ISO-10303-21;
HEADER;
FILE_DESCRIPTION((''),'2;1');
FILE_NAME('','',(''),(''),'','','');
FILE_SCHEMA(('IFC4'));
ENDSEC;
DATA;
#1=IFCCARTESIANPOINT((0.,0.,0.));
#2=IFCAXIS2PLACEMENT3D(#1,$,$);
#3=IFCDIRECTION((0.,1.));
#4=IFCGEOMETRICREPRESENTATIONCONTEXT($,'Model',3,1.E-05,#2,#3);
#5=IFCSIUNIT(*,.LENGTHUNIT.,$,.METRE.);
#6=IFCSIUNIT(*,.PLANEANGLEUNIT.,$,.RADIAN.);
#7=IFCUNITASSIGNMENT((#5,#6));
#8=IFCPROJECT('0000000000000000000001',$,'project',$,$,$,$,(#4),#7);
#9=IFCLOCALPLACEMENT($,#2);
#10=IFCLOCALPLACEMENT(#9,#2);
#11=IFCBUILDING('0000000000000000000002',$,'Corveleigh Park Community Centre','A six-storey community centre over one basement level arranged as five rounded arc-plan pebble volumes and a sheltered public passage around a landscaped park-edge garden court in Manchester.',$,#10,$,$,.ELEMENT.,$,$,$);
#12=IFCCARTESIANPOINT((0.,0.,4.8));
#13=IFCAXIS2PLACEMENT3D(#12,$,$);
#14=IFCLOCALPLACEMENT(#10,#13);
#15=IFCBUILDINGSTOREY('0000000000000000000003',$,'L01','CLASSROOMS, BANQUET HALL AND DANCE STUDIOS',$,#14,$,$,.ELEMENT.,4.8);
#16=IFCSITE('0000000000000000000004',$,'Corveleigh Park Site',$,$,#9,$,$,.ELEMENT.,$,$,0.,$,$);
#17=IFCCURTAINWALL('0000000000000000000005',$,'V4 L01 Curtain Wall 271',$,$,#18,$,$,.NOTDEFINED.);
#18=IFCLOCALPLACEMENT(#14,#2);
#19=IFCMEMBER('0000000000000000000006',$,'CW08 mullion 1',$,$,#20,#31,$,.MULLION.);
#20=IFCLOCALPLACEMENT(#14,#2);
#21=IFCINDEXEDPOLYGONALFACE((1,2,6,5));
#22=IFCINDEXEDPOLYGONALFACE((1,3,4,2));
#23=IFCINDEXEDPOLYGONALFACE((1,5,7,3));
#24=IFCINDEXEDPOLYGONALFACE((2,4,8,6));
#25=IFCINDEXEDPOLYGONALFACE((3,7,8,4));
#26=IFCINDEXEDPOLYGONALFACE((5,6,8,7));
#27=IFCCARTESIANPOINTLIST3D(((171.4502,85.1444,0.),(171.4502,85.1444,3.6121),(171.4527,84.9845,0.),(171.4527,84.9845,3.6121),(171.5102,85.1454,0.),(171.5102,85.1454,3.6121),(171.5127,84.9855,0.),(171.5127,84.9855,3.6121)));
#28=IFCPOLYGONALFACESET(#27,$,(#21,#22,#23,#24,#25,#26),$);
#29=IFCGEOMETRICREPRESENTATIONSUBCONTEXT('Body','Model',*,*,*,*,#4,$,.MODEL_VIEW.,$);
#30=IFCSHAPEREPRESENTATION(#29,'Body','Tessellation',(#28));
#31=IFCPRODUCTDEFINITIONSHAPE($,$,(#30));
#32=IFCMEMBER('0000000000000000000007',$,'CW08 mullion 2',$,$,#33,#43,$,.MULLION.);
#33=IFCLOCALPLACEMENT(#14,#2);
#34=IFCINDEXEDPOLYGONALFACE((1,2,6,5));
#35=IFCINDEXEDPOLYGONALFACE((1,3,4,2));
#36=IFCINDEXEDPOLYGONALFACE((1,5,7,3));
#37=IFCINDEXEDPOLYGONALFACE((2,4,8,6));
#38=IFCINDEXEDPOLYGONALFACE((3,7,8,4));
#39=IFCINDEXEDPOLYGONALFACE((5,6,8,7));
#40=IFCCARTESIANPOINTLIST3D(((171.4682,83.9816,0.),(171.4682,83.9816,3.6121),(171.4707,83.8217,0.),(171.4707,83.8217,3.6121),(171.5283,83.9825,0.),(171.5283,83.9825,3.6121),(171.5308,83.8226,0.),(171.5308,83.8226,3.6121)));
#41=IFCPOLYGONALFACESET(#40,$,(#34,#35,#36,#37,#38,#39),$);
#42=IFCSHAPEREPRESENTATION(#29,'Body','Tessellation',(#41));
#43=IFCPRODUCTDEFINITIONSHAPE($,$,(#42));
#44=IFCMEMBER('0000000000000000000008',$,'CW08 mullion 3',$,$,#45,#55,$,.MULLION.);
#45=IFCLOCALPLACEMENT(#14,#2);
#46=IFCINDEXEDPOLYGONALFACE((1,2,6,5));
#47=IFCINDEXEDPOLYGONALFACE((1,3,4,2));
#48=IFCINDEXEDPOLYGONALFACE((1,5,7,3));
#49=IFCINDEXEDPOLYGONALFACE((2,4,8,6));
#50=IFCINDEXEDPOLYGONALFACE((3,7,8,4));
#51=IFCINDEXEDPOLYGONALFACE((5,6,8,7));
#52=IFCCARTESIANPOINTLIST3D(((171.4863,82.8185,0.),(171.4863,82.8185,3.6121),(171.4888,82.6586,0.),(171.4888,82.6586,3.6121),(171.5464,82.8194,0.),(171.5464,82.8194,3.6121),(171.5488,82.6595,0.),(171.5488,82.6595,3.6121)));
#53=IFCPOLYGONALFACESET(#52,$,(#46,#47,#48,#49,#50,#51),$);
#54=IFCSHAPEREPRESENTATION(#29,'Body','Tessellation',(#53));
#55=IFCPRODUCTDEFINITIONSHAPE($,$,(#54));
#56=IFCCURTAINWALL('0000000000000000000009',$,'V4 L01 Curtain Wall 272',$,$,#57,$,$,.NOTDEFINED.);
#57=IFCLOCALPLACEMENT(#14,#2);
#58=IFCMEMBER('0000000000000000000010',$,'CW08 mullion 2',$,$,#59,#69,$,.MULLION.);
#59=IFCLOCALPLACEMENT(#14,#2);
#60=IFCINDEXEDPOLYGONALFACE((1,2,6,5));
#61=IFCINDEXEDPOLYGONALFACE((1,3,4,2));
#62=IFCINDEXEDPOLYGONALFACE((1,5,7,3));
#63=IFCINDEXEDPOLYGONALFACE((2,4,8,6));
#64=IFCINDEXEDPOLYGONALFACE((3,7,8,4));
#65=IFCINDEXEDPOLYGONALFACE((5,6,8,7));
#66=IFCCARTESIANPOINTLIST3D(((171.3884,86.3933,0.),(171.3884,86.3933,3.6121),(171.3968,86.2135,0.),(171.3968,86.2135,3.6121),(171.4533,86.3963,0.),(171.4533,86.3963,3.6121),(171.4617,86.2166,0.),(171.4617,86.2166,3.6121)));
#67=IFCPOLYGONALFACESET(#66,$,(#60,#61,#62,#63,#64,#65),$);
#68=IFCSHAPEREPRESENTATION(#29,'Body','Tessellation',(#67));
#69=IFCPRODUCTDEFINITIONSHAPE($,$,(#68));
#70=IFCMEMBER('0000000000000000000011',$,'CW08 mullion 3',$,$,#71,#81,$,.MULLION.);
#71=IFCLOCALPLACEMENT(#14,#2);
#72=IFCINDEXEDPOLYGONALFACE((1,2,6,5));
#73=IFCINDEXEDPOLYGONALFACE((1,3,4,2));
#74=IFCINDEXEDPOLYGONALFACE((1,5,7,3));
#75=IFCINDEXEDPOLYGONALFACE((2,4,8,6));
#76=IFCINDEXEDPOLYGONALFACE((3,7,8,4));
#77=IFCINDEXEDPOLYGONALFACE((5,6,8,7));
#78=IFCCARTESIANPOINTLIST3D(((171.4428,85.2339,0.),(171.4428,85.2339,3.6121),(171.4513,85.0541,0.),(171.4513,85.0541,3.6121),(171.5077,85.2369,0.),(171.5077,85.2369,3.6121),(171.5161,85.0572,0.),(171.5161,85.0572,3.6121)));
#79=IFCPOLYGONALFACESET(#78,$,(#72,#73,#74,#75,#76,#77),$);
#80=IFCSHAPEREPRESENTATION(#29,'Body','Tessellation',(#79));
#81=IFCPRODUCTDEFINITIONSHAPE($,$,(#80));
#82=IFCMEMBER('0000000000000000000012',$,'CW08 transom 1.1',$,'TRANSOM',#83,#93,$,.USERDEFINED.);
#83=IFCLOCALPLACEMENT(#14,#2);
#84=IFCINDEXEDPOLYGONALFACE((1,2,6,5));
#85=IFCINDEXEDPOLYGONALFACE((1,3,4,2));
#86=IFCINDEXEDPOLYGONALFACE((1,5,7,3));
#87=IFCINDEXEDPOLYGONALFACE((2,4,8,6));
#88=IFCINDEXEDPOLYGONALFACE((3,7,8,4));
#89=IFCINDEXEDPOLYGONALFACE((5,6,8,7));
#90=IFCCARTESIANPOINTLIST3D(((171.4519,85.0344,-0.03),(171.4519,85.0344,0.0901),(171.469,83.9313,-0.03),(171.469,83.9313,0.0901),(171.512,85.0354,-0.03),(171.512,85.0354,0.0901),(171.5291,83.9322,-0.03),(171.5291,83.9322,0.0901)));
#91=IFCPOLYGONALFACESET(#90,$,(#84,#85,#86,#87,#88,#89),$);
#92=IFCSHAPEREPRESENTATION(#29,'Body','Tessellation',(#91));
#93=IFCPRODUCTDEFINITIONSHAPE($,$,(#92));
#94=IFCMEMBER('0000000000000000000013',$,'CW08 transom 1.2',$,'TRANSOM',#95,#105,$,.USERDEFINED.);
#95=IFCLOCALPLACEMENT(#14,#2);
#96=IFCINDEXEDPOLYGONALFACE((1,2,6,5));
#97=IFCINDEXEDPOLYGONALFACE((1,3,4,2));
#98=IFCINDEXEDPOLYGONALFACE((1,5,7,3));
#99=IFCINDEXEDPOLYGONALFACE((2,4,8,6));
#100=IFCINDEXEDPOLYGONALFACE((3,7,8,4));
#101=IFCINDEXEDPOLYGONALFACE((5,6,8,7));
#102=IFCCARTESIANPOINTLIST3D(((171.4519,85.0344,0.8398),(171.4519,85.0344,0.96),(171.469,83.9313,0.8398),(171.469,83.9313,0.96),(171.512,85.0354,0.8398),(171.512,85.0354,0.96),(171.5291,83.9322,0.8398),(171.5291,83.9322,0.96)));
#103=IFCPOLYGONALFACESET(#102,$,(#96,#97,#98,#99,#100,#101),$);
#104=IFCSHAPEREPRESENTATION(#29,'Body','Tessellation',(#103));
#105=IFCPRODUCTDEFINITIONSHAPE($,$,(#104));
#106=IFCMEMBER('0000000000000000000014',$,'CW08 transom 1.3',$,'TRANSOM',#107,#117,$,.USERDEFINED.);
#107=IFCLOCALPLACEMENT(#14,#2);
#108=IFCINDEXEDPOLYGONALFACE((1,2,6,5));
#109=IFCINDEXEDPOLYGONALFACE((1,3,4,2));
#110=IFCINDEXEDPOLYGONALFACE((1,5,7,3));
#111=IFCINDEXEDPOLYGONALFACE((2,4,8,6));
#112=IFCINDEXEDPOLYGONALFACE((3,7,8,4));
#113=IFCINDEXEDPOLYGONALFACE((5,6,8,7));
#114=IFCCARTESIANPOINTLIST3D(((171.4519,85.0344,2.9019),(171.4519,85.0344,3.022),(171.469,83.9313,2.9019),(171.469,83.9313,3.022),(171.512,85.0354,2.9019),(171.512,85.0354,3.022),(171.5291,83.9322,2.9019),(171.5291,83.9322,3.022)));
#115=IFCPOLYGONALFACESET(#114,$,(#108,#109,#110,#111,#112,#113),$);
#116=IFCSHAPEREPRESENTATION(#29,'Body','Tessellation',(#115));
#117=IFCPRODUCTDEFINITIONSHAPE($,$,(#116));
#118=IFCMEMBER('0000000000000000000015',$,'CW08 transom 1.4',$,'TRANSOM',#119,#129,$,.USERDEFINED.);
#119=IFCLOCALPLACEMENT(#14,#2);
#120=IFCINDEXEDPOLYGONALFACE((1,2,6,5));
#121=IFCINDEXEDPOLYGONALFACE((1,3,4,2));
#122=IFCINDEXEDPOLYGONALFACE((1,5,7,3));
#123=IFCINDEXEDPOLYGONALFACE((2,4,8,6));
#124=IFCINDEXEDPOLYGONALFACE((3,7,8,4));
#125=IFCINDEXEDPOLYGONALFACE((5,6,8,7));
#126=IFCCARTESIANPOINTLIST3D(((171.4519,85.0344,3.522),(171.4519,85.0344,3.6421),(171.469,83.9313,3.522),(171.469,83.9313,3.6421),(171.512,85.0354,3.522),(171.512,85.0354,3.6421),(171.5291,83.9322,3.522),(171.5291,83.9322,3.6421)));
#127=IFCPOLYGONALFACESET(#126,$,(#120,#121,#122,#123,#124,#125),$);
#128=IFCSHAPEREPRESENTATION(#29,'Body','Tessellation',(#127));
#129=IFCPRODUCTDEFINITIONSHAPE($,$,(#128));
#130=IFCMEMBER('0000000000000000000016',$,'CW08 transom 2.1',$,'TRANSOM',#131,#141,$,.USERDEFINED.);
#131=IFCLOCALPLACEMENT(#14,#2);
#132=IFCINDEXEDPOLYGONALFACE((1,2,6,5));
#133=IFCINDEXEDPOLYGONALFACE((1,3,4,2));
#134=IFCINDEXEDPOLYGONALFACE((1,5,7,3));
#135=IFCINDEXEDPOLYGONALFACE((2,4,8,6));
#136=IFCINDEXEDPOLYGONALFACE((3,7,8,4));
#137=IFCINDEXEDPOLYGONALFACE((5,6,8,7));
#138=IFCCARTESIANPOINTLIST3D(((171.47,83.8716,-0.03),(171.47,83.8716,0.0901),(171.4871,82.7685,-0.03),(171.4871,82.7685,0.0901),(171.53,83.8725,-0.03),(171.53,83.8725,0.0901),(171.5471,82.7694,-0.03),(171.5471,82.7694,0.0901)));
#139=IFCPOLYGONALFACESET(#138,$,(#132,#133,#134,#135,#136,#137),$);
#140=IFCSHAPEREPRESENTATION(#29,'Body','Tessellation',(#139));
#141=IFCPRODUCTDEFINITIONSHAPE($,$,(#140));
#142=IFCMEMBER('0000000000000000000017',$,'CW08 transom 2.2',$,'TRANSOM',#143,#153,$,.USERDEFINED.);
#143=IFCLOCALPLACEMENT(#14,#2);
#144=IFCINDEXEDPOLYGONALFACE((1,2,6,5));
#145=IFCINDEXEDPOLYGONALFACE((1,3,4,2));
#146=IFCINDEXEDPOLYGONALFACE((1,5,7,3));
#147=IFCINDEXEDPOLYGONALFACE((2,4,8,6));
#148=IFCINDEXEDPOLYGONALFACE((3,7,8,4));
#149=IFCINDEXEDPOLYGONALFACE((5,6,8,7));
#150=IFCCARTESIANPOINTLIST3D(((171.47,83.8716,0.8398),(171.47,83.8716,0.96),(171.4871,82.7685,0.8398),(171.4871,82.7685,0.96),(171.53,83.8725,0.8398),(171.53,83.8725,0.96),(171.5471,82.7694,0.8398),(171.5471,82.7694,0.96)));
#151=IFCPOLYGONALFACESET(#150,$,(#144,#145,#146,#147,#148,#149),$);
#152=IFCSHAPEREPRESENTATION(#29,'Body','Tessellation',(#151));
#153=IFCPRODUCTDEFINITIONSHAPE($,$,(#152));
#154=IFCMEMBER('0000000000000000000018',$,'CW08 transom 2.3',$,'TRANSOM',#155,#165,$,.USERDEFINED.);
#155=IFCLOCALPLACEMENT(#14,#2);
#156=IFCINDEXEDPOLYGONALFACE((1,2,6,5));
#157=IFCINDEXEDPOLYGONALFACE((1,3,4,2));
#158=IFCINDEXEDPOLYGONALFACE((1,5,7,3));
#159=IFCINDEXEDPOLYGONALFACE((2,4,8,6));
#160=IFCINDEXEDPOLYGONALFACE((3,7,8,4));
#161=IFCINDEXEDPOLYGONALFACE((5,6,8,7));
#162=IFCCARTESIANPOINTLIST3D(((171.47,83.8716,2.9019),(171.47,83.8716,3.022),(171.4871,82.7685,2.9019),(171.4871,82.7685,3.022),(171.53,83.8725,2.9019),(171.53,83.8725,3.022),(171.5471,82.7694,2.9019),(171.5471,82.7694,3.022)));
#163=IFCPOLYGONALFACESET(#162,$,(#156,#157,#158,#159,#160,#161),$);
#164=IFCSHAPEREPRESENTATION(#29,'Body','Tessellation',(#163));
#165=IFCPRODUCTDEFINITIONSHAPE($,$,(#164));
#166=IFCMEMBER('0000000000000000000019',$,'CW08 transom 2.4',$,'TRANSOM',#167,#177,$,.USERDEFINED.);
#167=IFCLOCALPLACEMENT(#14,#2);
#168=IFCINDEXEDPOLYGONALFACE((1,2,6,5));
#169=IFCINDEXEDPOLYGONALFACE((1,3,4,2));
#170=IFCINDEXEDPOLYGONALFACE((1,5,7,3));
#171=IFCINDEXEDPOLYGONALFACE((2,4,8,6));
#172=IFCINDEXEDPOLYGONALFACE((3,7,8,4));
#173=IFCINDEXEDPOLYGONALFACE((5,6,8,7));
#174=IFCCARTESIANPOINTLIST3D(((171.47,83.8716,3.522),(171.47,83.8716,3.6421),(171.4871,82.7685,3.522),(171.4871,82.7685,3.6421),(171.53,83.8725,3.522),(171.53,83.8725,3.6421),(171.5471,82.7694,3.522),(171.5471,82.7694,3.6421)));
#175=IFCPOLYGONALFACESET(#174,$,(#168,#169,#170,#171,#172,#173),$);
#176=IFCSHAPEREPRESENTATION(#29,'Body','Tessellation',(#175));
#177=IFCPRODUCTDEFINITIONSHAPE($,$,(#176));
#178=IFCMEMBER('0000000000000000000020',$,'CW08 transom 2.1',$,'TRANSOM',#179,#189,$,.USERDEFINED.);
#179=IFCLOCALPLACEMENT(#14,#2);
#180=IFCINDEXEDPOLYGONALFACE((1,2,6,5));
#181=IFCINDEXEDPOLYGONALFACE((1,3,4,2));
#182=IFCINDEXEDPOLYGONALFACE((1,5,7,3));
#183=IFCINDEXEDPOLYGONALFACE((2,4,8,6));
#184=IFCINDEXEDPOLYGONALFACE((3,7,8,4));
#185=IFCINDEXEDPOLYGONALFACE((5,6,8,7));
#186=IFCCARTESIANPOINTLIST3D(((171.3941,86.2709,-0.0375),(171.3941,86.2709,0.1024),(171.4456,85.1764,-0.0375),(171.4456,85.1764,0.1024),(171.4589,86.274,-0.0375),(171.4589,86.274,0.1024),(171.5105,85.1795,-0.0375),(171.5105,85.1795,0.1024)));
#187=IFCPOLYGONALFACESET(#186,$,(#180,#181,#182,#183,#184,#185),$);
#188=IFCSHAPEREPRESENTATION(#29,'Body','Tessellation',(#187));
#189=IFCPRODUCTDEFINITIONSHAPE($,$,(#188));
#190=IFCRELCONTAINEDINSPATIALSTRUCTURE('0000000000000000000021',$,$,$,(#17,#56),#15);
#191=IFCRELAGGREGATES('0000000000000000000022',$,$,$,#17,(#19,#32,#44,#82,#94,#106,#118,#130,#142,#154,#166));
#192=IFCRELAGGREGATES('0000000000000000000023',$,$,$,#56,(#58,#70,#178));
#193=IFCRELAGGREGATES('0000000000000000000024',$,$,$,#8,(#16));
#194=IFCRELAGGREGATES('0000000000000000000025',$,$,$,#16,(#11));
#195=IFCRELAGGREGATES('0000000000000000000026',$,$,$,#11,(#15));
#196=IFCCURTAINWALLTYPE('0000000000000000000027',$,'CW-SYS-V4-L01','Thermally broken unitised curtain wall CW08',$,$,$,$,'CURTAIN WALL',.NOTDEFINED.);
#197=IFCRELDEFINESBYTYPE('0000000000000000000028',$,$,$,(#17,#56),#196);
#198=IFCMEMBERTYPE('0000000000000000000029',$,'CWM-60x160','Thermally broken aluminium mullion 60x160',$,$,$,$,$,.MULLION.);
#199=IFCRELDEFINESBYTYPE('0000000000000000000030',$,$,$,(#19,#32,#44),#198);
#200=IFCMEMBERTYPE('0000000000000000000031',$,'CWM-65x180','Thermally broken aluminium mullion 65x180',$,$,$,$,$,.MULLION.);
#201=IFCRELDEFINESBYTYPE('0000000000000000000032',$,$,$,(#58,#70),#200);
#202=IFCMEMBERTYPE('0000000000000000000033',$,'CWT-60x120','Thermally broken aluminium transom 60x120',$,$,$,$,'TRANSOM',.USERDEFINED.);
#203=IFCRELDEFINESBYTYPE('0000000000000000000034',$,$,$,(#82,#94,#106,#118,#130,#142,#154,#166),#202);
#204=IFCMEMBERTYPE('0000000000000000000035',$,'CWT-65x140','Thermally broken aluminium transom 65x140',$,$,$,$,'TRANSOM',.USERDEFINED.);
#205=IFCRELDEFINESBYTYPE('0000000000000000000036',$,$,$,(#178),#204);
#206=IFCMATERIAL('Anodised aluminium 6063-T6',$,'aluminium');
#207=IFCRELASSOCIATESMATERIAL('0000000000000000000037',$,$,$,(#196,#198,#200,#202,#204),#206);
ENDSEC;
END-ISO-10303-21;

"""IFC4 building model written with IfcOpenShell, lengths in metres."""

from ifc_helpers import new_model, si_unit, direction, frame, origin, origin_2d, place, context, subcontext, project, spatial, rectangle, extrude, material, material_profile, profile_set, type_object, element, aggregate, save


model = new_model("IFC4")

# Units and contexts
model_context = context("Model", 3, precision=1e-05, world=origin(), true_north=direction((0.0, 1.0)))
body_context = subcontext(model_context, "Body", "Model", "MODEL_VIEW")
ifc_project = project(units=[si_unit("LENGTHUNIT", "METRE"), si_unit("PLANEANGLEUNIT", "RADIAN")], contexts=[model_context])

# Site, building, storey
site_placement = place(None, origin())
site = spatial("IfcSite", under=ifc_project, at=site_placement, Name="Corveleigh Park Site", CompositionType="ELEMENT", RefElevation=0.0)
building_placement = place(site_placement, origin())
building = spatial("IfcBuilding", under=site, at=building_placement, Name="Corveleigh Park Community Centre", Description="A six-storey community centre over one basement level arranged as five rounded arc-plan pebble volumes and a sheltered public passage around a landscaped park-edge garden court in Manchester.", CompositionType="ELEMENT")
storey_placement = place(building_placement, frame((0.0, 0.0, 4.8)))
storey = spatial("IfcBuildingStorey", under=building, at=storey_placement, Name="L01", Description="CLASSROOMS, BANQUET HALL AND DANCE STUDIOS", CompositionType="ELEMENT", Elevation=4.8)

# Curtain walls, members
ifc_material_1 = material(Name="Anodised aluminium 6063-T6", Category="aluminium")
curtain_wall_type = type_object("IfcCurtainWallType", Name="CW-SYS-V4-L01", Description="Thermally broken unitised curtain wall CW08", ElementType="CURTAIN WALL", PredefinedType="NOTDEFINED", material=ifc_material_1)
curtain_wall_1_placement = place(storey_placement, origin())
curtain_wall_1 = element("IfcCurtainWall", 1, at=curtain_wall_1_placement, inside=storey, type_object=curtain_wall_type, Name="V4 L01 Curtain Wall 271", PredefinedType="NOTDEFINED")
ifc_material_profile_1 = material_profile(ifc_material_1, rectangle(XDim=0.0601, YDim=0.1599, at=origin_2d()), Name="ALU-M60x160", Category="aluminium")
ifc_profile_set_1 = profile_set([ifc_material_profile_1], Name="Anodised aluminium 6063-T6")
member_type_1 = type_object("IfcMemberType", Name="CWM-60x160", Description="Thermally broken aluminium mullion 60x160", PredefinedType="MULLION", material=ifc_profile_set_1)
member_1_placement = place(storey_placement, frame((171.4814, 85.0649, 0.0), z_axis=(0.0, 0.0, 1.0), x_axis=(0.99988, 0.015505, 0.0)))
member_1 = element("IfcMember", 2, at=member_1_placement, type_object=member_type_1, Name="CW08 mullion 1", PredefinedType="MULLION", context=body_context, shape_type="SweptSolid", body=[
    extrude(rectangle(XDim=0.0601, YDim=0.1599, at=origin_2d()), origin(), (0.0, 0.0, 1.0), 3.6121),
])
member_2_placement = place(storey_placement, frame((171.4995, 83.9021, 0.0), z_axis=(0.0, 0.0, 1.0), x_axis=(0.99988, 0.015505, 0.0)))
member_2 = element("IfcMember", 3, at=member_2_placement, type_object=member_type_1, Name="CW08 mullion 2", PredefinedType="MULLION", context=body_context, shape_type="SweptSolid", body=[
    extrude(rectangle(XDim=0.0601, YDim=0.1599, at=origin_2d()), origin(), (0.0, 0.0, 1.0), 3.6121),
])
member_3_placement = place(storey_placement, frame((171.5176, 82.739, 0.0), z_axis=(0.0, 0.0, 1.0), x_axis=(0.99988, 0.015505, 0.0)))
member_3 = element("IfcMember", 4, at=member_3_placement, type_object=member_type_1, Name="CW08 mullion 3", PredefinedType="MULLION", context=body_context, shape_type="SweptSolid", body=[
    extrude(rectangle(XDim=0.0601, YDim=0.1599, at=origin_2d()), origin(), (0.0, 0.0, 1.0), 3.6121),
])
curtain_wall_2_placement = place(storey_placement, origin())
curtain_wall_2 = element("IfcCurtainWall", 5, at=curtain_wall_2_placement, inside=storey, type_object=curtain_wall_type, Name="V4 L01 Curtain Wall 272", PredefinedType="NOTDEFINED")
ifc_material_profile_2 = material_profile(ifc_material_1, rectangle(XDim=0.0649, YDim=0.1799, at=origin_2d()), Name="ALU-M65x180", Category="aluminium")
ifc_profile_set_2 = profile_set([ifc_material_profile_2], Name="Anodised aluminium 6063-T6")
member_type_2 = type_object("IfcMemberType", Name="CWM-65x180", Description="Thermally broken aluminium mullion 65x180", PredefinedType="MULLION", material=ifc_profile_set_2)
member_4_placement = place(storey_placement, frame((171.425, 86.3049, 0.0), z_axis=(0.0, 0.0, 1.0), x_axis=(0.998898, 0.046928, 0.0)))
member_4 = element("IfcMember", 6, at=member_4_placement, type_object=member_type_2, Name="CW08 mullion 2", PredefinedType="MULLION", context=body_context, shape_type="SweptSolid", body=[
    extrude(rectangle(XDim=0.0649, YDim=0.1799, at=origin_2d()), origin(), (0.0, 0.0, 1.0), 3.6121),
])
member_5_placement = place(storey_placement, frame((171.4795, 85.1455, 0.0), z_axis=(0.0, 0.0, 1.0), x_axis=(0.998898, 0.046928, 0.0)))
member_5 = element("IfcMember", 7, at=member_5_placement, type_object=member_type_2, Name="CW08 mullion 3", PredefinedType="MULLION", context=body_context, shape_type="SweptSolid", body=[
    extrude(rectangle(XDim=0.0649, YDim=0.1799, at=origin_2d()), origin(), (0.0, 0.0, 1.0), 3.6121),
])

# Members
ifc_material_profile_3 = material_profile(ifc_material_1, rectangle(XDim=0.0601, YDim=0.1201, at=origin_2d()), Name="ALU-T60x120", Category="aluminium")
ifc_profile_set_3 = profile_set([ifc_material_profile_3], Name="Anodised aluminium 6063-T6")
member_type_3 = type_object("IfcMemberType", Name="CWT-60x120", Description="Thermally broken aluminium transom 60x120", ElementType="TRANSOM", PredefinedType="USERDEFINED", material=ifc_profile_set_3)
member_6_placement = place(storey_placement, frame((171.4819, 85.0349, 0.03), z_axis=(0.015492, -0.99988, 0.0), x_axis=(0.99988, 0.015492, 0.0)))
member_6 = element("IfcMember", 8, at=member_6_placement, type_object=member_type_3, Name="CW08 transom 1.1", ObjectType="TRANSOM", PredefinedType="USERDEFINED", context=body_context, shape_type="SweptSolid", body=[
    extrude(rectangle(XDim=0.0601, YDim=0.1201, at=origin_2d()), origin(), (0.0, 0.0, 1.0), 1.1033),
])
member_7_placement = place(storey_placement, frame((171.4819, 85.0349, 0.8999), z_axis=(0.015492, -0.99988, 0.0), x_axis=(0.99988, 0.015492, 0.0)))
member_7 = element("IfcMember", 9, at=member_7_placement, type_object=member_type_3, Name="CW08 transom 1.2", ObjectType="TRANSOM", PredefinedType="USERDEFINED", context=body_context, shape_type="SweptSolid", body=[
    extrude(rectangle(XDim=0.0601, YDim=0.1201, at=origin_2d()), origin(), (0.0, 0.0, 1.0), 1.1033),
])
member_8_placement = place(storey_placement, frame((171.4819, 85.0349, 2.9619), z_axis=(0.015492, -0.99988, 0.0), x_axis=(0.99988, 0.015492, 0.0)))
member_8 = element("IfcMember", 10, at=member_8_placement, type_object=member_type_3, Name="CW08 transom 1.3", ObjectType="TRANSOM", PredefinedType="USERDEFINED", context=body_context, shape_type="SweptSolid", body=[
    extrude(rectangle(XDim=0.0601, YDim=0.1201, at=origin_2d()), origin(), (0.0, 0.0, 1.0), 1.1033),
])
member_9_placement = place(storey_placement, frame((171.4819, 85.0349, 3.582), z_axis=(0.015492, -0.99988, 0.0), x_axis=(0.99988, 0.015492, 0.0)))
member_9 = element("IfcMember", 11, at=member_9_placement, type_object=member_type_3, Name="CW08 transom 1.4", ObjectType="TRANSOM", PredefinedType="USERDEFINED", context=body_context, shape_type="SweptSolid", body=[
    extrude(rectangle(XDim=0.0601, YDim=0.1201, at=origin_2d()), origin(), (0.0, 0.0, 1.0), 1.1033),
])
member_10_placement = place(storey_placement, frame((171.5, 83.8721, 0.03), z_axis=(0.015492, -0.99988, 0.0), x_axis=(0.99988, 0.015492, 0.0)))
member_10 = element("IfcMember", 12, at=member_10_placement, type_object=member_type_3, Name="CW08 transom 2.1", ObjectType="TRANSOM", PredefinedType="USERDEFINED", context=body_context, shape_type="SweptSolid", body=[
    extrude(rectangle(XDim=0.0601, YDim=0.1201, at=origin_2d()), origin(), (0.0, 0.0, 1.0), 1.1033),
])
member_11_placement = place(storey_placement, frame((171.5, 83.8721, 0.8999), z_axis=(0.015492, -0.99988, 0.0), x_axis=(0.99988, 0.015492, 0.0)))
member_11 = element("IfcMember", 13, at=member_11_placement, type_object=member_type_3, Name="CW08 transom 2.2", ObjectType="TRANSOM", PredefinedType="USERDEFINED", context=body_context, shape_type="SweptSolid", body=[
    extrude(rectangle(XDim=0.0601, YDim=0.1201, at=origin_2d()), origin(), (0.0, 0.0, 1.0), 1.1033),
])
member_12_placement = place(storey_placement, frame((171.5, 83.8721, 2.9619), z_axis=(0.015492, -0.99988, 0.0), x_axis=(0.99988, 0.015492, 0.0)))
member_12 = element("IfcMember", 14, at=member_12_placement, type_object=member_type_3, Name="CW08 transom 2.3", ObjectType="TRANSOM", PredefinedType="USERDEFINED", context=body_context, shape_type="SweptSolid", body=[
    extrude(rectangle(XDim=0.0601, YDim=0.1201, at=origin_2d()), origin(), (0.0, 0.0, 1.0), 1.1033),
])
member_13_placement = place(storey_placement, frame((171.5, 83.8721, 3.582), z_axis=(0.015492, -0.99988, 0.0), x_axis=(0.99988, 0.015492, 0.0)))
member_13 = element("IfcMember", 15, at=member_13_placement, type_object=member_type_3, Name="CW08 transom 2.4", ObjectType="TRANSOM", PredefinedType="USERDEFINED", context=body_context, shape_type="SweptSolid", body=[
    extrude(rectangle(XDim=0.0601, YDim=0.1201, at=origin_2d()), origin(), (0.0, 0.0, 1.0), 1.1033),
])
ifc_material_profile_4 = material_profile(ifc_material_1, rectangle(XDim=0.0649, YDim=0.1399, at=origin_2d()), Name="ALU-T65x140", Category="aluminium")
ifc_profile_set_4 = profile_set([ifc_material_profile_4], Name="Anodised aluminium 6063-T6")
member_type_4 = type_object("IfcMemberType", Name="CWT-65x140", Description="Thermally broken aluminium transom 65x140", ElementType="TRANSOM", PredefinedType="USERDEFINED", material=ifc_profile_set_4)
member_14_placement = place(storey_placement, frame((171.4265, 86.2725, 0.0325), z_axis=(0.047015, -0.998894, 0.0), x_axis=(0.998894, 0.047015, 0.0)))
member_14 = element("IfcMember", 16, at=member_14_placement, type_object=member_type_4, Name="CW08 transom 2.1", ObjectType="TRANSOM", PredefinedType="USERDEFINED", context=body_context, shape_type="SweptSolid", body=[
    extrude(rectangle(XDim=0.0649, YDim=0.1399, at=origin_2d()), origin(), (0.0, 0.0, 1.0), 1.0957),
])

aggregate(curtain_wall_1, [member_1, member_2, member_3, member_6, member_7, member_8, member_9, member_10, member_11, member_12, member_13])
aggregate(curtain_wall_2, [member_4, member_5, member_14])

save(model, "model.ifc")
